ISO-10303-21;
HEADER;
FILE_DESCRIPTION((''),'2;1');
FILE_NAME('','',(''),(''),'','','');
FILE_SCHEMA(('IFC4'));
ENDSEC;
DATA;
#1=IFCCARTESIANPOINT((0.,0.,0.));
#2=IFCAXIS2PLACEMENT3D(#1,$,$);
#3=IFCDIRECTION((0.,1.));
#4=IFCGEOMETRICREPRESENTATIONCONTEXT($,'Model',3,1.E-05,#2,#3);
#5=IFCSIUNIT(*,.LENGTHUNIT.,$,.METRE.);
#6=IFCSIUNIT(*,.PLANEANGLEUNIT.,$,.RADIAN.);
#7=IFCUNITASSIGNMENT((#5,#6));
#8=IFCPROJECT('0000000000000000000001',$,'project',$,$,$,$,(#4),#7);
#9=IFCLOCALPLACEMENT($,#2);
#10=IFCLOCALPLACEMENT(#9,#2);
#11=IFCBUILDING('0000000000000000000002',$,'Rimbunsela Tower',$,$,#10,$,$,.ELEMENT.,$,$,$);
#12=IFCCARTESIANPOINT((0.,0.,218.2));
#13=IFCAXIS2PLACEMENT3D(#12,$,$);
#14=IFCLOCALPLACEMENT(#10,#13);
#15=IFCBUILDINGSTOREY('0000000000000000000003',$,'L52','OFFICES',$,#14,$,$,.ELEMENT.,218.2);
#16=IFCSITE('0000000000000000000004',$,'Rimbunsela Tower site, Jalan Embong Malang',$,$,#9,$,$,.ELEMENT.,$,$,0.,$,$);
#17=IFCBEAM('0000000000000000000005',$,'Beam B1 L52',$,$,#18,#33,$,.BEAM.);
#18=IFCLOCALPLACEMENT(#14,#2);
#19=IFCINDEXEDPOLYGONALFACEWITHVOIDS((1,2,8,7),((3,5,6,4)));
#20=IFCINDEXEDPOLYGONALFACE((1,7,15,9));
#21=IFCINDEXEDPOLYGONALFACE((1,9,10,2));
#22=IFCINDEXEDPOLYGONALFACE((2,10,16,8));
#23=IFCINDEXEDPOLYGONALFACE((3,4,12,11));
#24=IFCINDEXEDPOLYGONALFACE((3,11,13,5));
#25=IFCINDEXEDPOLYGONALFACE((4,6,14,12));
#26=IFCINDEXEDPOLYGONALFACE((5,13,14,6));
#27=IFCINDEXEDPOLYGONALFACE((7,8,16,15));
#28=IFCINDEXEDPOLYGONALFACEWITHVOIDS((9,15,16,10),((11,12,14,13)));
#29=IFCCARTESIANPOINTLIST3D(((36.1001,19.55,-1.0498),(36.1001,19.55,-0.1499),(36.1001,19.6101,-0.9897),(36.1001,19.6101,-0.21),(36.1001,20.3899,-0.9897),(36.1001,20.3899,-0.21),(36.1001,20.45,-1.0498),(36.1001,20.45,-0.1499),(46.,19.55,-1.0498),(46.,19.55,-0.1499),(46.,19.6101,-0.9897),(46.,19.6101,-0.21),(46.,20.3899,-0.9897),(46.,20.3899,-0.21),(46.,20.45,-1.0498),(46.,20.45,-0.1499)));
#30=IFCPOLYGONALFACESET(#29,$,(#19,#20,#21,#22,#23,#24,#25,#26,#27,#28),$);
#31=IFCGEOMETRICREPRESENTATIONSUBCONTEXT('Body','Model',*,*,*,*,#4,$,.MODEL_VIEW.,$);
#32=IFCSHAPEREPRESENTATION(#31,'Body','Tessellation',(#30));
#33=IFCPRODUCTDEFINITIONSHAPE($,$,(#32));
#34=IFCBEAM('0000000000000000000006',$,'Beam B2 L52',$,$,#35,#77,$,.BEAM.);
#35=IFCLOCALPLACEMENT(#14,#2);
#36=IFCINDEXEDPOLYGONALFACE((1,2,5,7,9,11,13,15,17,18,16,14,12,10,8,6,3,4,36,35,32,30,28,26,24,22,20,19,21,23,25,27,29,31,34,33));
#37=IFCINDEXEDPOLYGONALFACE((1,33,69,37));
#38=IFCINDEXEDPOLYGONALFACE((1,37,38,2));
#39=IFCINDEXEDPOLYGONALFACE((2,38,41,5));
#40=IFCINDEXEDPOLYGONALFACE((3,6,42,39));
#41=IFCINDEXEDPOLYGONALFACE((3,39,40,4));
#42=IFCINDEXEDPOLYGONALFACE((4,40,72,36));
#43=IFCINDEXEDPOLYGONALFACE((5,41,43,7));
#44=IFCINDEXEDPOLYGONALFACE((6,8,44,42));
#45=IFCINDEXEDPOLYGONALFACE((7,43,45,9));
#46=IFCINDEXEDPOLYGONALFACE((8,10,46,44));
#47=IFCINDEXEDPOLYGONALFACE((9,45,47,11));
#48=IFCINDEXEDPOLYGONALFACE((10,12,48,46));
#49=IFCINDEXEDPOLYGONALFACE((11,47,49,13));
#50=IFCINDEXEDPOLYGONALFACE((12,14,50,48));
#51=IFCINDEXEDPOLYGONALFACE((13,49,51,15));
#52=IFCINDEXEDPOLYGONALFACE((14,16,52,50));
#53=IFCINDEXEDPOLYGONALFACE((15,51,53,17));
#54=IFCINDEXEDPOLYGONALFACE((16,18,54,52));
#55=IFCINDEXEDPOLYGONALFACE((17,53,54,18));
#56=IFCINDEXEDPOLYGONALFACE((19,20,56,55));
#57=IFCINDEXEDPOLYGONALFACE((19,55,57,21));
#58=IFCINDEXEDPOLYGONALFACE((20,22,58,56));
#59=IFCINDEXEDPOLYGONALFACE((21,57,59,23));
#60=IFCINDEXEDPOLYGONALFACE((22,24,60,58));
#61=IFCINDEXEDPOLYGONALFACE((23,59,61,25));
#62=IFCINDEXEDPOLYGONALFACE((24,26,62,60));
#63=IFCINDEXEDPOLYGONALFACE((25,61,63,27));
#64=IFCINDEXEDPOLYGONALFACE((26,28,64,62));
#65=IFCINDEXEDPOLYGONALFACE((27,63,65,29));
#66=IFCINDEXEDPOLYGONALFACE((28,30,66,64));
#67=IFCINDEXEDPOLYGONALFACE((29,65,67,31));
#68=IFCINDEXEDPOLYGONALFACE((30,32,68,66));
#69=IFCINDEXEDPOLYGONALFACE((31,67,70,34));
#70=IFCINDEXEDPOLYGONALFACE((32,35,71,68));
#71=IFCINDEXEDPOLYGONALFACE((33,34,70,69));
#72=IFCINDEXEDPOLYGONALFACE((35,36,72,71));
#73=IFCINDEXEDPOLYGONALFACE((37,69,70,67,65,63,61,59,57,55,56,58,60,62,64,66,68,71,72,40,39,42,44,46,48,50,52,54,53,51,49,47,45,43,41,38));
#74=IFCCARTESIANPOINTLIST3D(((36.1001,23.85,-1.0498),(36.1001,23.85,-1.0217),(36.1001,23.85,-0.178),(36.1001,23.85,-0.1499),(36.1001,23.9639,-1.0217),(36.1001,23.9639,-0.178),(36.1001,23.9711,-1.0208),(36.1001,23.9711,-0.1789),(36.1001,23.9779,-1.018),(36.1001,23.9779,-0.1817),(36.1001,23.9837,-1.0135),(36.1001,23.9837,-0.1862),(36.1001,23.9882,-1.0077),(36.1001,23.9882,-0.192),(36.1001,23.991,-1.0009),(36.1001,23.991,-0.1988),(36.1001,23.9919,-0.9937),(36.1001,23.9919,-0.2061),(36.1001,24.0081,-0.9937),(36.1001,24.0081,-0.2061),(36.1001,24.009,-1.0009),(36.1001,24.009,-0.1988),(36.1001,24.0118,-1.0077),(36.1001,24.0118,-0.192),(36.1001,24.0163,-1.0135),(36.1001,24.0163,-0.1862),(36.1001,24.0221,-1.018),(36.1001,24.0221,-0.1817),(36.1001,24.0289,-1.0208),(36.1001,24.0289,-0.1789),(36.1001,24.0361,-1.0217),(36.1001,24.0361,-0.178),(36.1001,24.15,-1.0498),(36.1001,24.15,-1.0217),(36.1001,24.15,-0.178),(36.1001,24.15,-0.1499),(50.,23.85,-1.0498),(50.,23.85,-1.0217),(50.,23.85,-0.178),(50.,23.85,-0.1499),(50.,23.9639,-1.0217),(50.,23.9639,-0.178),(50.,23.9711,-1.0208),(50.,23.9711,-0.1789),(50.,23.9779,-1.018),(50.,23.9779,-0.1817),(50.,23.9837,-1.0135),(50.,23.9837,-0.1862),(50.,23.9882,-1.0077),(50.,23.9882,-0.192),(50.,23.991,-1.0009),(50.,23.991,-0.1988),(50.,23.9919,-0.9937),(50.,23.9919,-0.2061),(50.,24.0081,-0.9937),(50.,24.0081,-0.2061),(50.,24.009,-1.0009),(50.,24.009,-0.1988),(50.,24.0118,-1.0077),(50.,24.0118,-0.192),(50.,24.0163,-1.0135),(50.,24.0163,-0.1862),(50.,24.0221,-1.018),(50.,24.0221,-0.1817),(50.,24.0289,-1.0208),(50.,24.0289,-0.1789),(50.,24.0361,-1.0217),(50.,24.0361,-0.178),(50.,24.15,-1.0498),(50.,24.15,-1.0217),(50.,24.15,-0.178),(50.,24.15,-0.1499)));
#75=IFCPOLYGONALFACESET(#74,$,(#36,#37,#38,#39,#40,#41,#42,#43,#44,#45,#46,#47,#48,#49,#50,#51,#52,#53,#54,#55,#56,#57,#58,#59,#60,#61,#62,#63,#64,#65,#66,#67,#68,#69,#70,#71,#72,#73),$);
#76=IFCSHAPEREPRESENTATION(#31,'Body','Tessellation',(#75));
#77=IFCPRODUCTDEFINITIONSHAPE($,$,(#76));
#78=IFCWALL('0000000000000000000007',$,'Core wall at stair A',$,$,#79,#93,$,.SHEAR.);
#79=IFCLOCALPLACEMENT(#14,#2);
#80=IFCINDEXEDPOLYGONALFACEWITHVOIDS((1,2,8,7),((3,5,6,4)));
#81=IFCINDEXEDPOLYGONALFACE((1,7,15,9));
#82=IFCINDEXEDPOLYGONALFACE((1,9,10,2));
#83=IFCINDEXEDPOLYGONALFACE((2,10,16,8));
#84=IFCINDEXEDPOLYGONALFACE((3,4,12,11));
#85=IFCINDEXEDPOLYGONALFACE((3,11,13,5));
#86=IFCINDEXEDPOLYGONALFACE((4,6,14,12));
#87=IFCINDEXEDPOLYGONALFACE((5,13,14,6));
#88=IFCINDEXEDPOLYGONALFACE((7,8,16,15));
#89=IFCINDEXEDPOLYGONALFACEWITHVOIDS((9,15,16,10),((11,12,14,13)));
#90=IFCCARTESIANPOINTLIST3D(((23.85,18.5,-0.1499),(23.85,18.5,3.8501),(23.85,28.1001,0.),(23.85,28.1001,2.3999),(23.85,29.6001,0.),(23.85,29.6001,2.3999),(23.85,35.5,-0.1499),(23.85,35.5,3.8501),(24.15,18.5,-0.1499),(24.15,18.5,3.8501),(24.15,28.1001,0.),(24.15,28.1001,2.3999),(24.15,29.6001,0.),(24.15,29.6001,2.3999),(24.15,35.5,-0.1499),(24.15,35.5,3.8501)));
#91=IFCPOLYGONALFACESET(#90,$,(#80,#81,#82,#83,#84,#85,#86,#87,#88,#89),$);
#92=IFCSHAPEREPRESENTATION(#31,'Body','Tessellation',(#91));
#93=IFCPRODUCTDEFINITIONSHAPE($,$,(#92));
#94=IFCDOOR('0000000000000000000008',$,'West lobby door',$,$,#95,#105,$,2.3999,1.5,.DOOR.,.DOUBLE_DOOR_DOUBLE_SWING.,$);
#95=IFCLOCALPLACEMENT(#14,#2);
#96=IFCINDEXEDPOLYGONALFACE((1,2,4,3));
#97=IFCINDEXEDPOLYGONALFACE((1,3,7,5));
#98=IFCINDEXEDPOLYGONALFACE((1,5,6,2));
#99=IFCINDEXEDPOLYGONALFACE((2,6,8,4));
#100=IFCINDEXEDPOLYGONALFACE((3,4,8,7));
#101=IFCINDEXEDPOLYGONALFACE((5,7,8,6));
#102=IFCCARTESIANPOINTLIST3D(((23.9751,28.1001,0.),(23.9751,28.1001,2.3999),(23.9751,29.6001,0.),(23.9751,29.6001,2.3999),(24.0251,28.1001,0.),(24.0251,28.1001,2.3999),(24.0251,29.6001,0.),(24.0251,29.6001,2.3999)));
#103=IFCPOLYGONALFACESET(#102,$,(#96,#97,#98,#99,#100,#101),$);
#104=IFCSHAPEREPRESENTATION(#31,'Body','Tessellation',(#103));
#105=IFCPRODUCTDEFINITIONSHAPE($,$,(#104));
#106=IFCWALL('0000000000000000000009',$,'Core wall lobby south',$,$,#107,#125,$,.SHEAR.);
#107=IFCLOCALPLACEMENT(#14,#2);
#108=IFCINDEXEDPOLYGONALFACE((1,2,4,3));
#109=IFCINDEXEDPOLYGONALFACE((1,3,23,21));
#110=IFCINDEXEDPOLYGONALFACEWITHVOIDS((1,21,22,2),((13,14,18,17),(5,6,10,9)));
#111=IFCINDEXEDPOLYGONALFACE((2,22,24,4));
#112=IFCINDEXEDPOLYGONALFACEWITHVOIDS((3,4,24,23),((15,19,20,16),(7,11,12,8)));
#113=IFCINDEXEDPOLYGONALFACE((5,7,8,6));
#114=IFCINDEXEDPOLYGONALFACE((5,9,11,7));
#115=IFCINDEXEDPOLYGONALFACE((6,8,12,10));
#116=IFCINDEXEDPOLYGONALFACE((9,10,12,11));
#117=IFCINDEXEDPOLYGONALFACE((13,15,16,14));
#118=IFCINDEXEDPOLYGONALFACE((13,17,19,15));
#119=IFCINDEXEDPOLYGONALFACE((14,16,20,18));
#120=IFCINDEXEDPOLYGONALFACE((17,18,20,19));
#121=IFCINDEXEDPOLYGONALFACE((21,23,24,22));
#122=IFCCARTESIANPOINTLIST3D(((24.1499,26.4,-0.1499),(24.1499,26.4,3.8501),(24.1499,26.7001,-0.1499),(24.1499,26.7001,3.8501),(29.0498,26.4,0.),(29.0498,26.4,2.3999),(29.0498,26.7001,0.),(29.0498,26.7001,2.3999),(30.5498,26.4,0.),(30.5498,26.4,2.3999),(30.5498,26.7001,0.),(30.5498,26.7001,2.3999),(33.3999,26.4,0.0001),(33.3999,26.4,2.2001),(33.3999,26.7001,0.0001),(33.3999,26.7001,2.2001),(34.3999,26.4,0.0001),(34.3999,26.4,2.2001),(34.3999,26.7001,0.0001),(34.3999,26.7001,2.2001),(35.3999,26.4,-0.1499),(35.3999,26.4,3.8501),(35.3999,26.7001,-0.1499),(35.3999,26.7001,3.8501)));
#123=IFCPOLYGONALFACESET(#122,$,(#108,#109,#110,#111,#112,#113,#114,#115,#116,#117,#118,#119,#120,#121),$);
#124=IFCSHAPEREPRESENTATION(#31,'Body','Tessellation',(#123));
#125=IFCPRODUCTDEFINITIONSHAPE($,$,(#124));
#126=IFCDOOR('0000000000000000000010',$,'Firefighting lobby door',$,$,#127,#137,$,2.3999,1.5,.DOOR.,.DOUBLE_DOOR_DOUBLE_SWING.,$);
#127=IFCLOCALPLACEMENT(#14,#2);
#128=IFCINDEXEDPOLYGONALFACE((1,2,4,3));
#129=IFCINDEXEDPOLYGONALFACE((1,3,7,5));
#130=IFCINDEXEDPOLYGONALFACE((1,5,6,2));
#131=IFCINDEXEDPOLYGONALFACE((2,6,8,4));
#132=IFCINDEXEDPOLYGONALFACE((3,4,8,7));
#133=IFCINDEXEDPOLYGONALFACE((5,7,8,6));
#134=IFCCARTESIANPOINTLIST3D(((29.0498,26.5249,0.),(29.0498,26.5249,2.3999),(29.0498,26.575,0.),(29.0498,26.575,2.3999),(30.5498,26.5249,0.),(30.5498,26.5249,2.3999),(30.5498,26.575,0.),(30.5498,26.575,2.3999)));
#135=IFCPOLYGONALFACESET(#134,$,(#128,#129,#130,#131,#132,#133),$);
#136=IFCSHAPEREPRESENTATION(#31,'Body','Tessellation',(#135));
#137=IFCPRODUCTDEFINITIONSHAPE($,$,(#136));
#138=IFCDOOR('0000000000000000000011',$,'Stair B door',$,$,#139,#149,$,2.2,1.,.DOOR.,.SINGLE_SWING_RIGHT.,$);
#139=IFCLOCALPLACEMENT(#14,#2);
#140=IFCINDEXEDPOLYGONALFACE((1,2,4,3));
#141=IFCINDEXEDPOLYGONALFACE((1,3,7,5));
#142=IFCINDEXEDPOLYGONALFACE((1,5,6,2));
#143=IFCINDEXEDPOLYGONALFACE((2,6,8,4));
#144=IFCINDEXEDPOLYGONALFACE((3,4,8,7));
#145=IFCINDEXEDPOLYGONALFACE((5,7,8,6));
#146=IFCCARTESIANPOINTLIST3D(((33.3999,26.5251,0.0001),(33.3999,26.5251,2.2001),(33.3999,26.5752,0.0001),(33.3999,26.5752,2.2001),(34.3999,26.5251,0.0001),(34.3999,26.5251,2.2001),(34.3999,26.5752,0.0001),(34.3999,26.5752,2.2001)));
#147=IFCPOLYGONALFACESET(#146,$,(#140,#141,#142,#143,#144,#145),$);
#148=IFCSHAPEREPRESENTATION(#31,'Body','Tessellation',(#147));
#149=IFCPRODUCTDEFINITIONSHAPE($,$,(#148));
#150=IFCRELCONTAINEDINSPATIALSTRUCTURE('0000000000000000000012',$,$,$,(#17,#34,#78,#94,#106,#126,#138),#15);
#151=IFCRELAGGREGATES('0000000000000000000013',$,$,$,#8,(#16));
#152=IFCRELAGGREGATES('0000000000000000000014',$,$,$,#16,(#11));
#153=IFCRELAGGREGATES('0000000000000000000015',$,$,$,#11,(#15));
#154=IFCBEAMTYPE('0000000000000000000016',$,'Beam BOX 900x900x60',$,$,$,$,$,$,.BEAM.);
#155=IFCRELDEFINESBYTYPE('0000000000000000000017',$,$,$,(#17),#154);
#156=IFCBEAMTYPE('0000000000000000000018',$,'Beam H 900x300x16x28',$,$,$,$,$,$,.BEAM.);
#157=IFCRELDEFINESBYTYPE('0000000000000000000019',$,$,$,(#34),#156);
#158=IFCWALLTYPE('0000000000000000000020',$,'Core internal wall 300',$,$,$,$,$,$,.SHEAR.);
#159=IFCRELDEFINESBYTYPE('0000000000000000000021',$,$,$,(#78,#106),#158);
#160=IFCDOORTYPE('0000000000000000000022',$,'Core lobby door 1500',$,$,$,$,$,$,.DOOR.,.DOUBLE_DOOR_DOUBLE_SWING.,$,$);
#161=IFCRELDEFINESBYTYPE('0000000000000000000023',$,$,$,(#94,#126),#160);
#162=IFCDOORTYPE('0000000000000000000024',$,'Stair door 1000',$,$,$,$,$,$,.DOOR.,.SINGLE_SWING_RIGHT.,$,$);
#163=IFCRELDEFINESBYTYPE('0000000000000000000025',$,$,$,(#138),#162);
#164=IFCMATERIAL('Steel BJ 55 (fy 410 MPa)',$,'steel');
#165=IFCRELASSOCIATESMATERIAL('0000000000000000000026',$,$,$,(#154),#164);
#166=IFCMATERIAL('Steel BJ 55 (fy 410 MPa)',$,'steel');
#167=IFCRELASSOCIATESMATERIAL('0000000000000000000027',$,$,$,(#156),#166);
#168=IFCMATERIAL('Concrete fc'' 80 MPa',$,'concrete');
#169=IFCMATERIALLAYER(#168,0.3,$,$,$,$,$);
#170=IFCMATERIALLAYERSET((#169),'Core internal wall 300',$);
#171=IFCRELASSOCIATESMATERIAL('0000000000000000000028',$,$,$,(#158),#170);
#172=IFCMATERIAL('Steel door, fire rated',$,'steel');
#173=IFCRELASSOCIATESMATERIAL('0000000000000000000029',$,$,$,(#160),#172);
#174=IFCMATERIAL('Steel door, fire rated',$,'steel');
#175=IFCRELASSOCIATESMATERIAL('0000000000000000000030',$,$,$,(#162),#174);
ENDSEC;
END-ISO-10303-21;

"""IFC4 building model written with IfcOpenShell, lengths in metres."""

from ifc_helpers import new_model, si_unit, direction, frame, frame_2d, origin, origin_2d, place, context, subcontext, project, spatial, rectangle, hollow_rectangle, i_section, extrude, material, layer, layer_set, material_profile, profile_set, type_object, element, fill, save


model = new_model("IFC4")

# Units and contexts
model_context = context("Model", 3, precision=1e-05, world=origin(), true_north=direction((0.0, 1.0)))
body_context = subcontext(model_context, "Body", "Model", "MODEL_VIEW")
ifc_project = project(units=[si_unit("LENGTHUNIT", "METRE"), si_unit("PLANEANGLEUNIT", "RADIAN")], contexts=[model_context])

# Site, building, storey
site_placement = place(None, origin())
site = spatial("IfcSite", under=ifc_project, at=site_placement, Name="Rimbunsela Tower site, Jalan Embong Malang", CompositionType="ELEMENT", RefElevation=0.0)
building_placement = place(site_placement, origin())
building = spatial("IfcBuilding", under=site, at=building_placement, Name="Rimbunsela Tower", CompositionType="ELEMENT")
storey_placement = place(building_placement, frame((0.0, 0.0, 218.2)))
storey = spatial("IfcBuildingStorey", under=building, at=storey_placement, Name="L52", Description="OFFICES", CompositionType="ELEMENT", Elevation=218.2)

# Beams
ifc_material_1 = material(Name="Steel BJ 55 (fy 410 MPa)", Category="steel")
ifc_material_profile_1 = material_profile(ifc_material_1, hollow_rectangle(XDim=0.8999, YDim=0.8999, WallThickness=0.0601, at=origin_2d()), Name="BOX 900x900x60")
ifc_profile_set_1 = profile_set([ifc_material_profile_1], Name="Steel BJ 55 (fy 410 MPa)")
beam_type_1 = type_object("IfcBeamType", Name="Beam BOX 900x900x60", PredefinedType="BEAM", material=ifc_profile_set_1)
beam_1_placement = place(storey_placement, frame((36.1001, 20.0, -0.5999), z_axis=(1.0, 0.0, 0.0), x_axis=(0.0, 1.0, 0.0)))
element("IfcBeam", 1, at=beam_1_placement, inside=storey, type_object=beam_type_1, Name="Beam B1 L52", PredefinedType="BEAM", context=body_context, shape_type="SweptSolid", body=[
    extrude(hollow_rectangle(XDim=0.8999, YDim=0.8999, WallThickness=0.0601, at=origin_2d()), origin(), (0.0, 0.0, 1.0), 9.8999),
])
ifc_material_2 = material(Name="Steel BJ 55 (fy 410 MPa)", Category="steel")
ifc_material_profile_2 = material_profile(ifc_material_2, i_section(OverallWidth=0.3, OverallDepth=0.8999, WebThickness=0.0161, FlangeThickness=0.0281, FilletRadius=0.0281, at=origin_2d()), Name="H 900x300x16x28")
ifc_profile_set_2 = profile_set([ifc_material_profile_2], Name="Steel BJ 55 (fy 410 MPa)")
beam_type_2 = type_object("IfcBeamType", Name="Beam H 900x300x16x28", PredefinedType="BEAM", material=ifc_profile_set_2)
beam_2_placement = place(storey_placement, frame((36.1001, 24.0, -0.5999), z_axis=(1.0, 0.0, 0.0), x_axis=(0.0, 1.0, 0.0)))
element("IfcBeam", 2, at=beam_2_placement, inside=storey, type_object=beam_type_2, Name="Beam B2 L52", PredefinedType="BEAM", context=body_context, shape_type="SweptSolid", body=[
    extrude(i_section(OverallWidth=0.3, OverallDepth=0.8999, WebThickness=0.0161, FlangeThickness=0.0281, FilletRadius=0.0281, at=origin_2d()), origin(), (0.0, 0.0, 1.0), 13.8999),
])

# Wall, opening, door
ifc_material_3 = material(Name="Concrete fc' 80 MPa", Category="concrete")
ifc_layer_1 = layer(ifc_material_3, 0.3)
ifc_layer_set_1 = layer_set([ifc_layer_1], Name="Core internal wall 300")
wall_type_1 = type_object("IfcWallType", Name="Core internal wall 300", PredefinedType="SHEAR", material=ifc_layer_set_1)
wall_1_placement = place(storey_placement, frame((24.0, 18.5, -0.1499), z_axis=(0.0, 0.0, 1.0), x_axis=(0.0, 1.0, 0.0)))
wall_1 = element("IfcWall", 3, at=wall_1_placement, inside=storey, type_object=wall_type_1, Name="Core wall at stair A", PredefinedType="SHEAR", context=body_context, shape_type="SweptSolid", body=[
    extrude(rectangle(XDim=17.0, YDim=0.3, at=frame_2d((8.5, 0.0))), origin(), (0.0, 0.0, 1.0), 4.0),
])
opening_1_placement = place(wall_1_placement, frame((9.6001, 0.0, 0.1499)))
opening_1 = element("IfcOpeningElement", 4, at=opening_1_placement, cuts=wall_1, PredefinedType="OPENING", context=body_context, shape_type="SweptSolid", body=[
    extrude(rectangle(XDim=1.5, YDim=2.3999, at=frame_2d((0.75, 1.2))), frame((0.0, 0.1599, 0.0), z_axis=(0.0, -1.0, 0.0), x_axis=(1.0, 0.0, 0.0)), (0.0, 0.0, 1.0), 0.3201),
])
ifc_material_4 = material(Name="Steel door, fire rated", Category="steel")
door_type_1 = type_object("IfcDoorType", Name="Core lobby door 1500", OperationType="DOUBLE_DOOR_DOUBLE_SWING", PredefinedType="DOOR", material=ifc_material_4)
door_1_placement = place(opening_1_placement, origin())
door_1 = element("IfcDoor", 5, at=door_1_placement, inside=storey, type_object=door_type_1, Name="West lobby door", OperationType="DOUBLE_DOOR_DOUBLE_SWING", OverallHeight=2.3999, OverallWidth=1.5, PredefinedType="DOOR", context=body_context, shape_type="SweptSolid", body=[
    extrude(rectangle(XDim=1.5, YDim=2.3999, at=frame_2d((0.75, 1.2))), frame((0.0, 0.0249, 0.0), z_axis=(0.0, -1.0, 0.0), x_axis=(1.0, 0.0, 0.0)), (0.0, 0.0, 1.0), 0.05),
])
fill(opening_1, door_1)

# Wall, openings, doors
wall_2_placement = place(storey_placement, frame((24.1499, 26.55, -0.1499), z_axis=(0.0, 0.0, 1.0), x_axis=(1.0, 0.0, 0.0)))
wall_2 = element("IfcWall", 6, at=wall_2_placement, inside=storey, type_object=wall_type_1, Name="Core wall lobby south", PredefinedType="SHEAR", context=body_context, shape_type="SweptSolid", body=[
    extrude(rectangle(XDim=11.25, YDim=0.3, at=frame_2d((5.625, 0.0))), origin(), (0.0, 0.0, 1.0), 4.0),
])
opening_2_placement = place(wall_2_placement, frame((9.25, 0.0, 0.1499)))
opening_2 = element("IfcOpeningElement", 7, at=opening_2_placement, cuts=wall_2, PredefinedType="OPENING", context=body_context, shape_type="SweptSolid", body=[
    extrude(rectangle(XDim=1.0, YDim=2.2, at=frame_2d((0.5, 1.1001))), frame((0.0, 0.1599, 0.0), z_axis=(0.0, -1.0, 0.0), x_axis=(1.0, 0.0, 0.0)), (0.0, 0.0, 1.0), 0.3201),
])
opening_3_placement = place(wall_2_placement, frame((4.8999, 0.0, 0.1499)))
opening_3 = element("IfcOpeningElement", 8, at=opening_3_placement, cuts=wall_2, PredefinedType="OPENING", context=body_context, shape_type="SweptSolid", body=[
    extrude(rectangle(XDim=1.5, YDim=2.3999, at=frame_2d((0.75, 1.2))), frame((0.0, 0.1599, 0.0), z_axis=(0.0, -1.0, 0.0), x_axis=(1.0, 0.0, 0.0)), (0.0, 0.0, 1.0), 0.3201),
])
door_2_placement = place(opening_3_placement, origin())
door_2 = element("IfcDoor", 9, at=door_2_placement, inside=storey, type_object=door_type_1, Name="Firefighting lobby door", OperationType="DOUBLE_DOOR_DOUBLE_SWING", OverallHeight=2.3999, OverallWidth=1.5, PredefinedType="DOOR", context=body_context, shape_type="SweptSolid", body=[
    extrude(rectangle(XDim=1.5, YDim=2.3999, at=frame_2d((0.75, 1.2))), frame((0.0, 0.0249, 0.0), z_axis=(0.0, -1.0, 0.0), x_axis=(1.0, 0.0, 0.0)), (0.0, 0.0, 1.0), 0.05),
])
fill(opening_3, door_2)
ifc_material_5 = material(Name="Steel door, fire rated", Category="steel")
door_type_2 = type_object("IfcDoorType", Name="Stair door 1000", OperationType="SINGLE_SWING_RIGHT", PredefinedType="DOOR", material=ifc_material_5)
door_3_placement = place(opening_2_placement, frame((1.0, 0.0, 0.0), z_axis=(0.0, 0.0, 1.0), x_axis=(-1.0, 0.0, 0.0)))
door_3 = element("IfcDoor", 10, at=door_3_placement, inside=storey, type_object=door_type_2, Name="Stair B door", OperationType="SINGLE_SWING_RIGHT", OverallHeight=2.2, OverallWidth=1.0, PredefinedType="DOOR", context=body_context, shape_type="SweptSolid", body=[
    extrude(rectangle(XDim=1.0, YDim=2.2, at=frame_2d((0.5, 1.1001))), frame((0.0, 0.0249, 0.0), z_axis=(0.0, -1.0, 0.0), x_axis=(1.0, 0.0, 0.0)), (0.0, 0.0, 1.0), 0.05),
])
fill(opening_2, door_3)

save(model, "model.ifc")
